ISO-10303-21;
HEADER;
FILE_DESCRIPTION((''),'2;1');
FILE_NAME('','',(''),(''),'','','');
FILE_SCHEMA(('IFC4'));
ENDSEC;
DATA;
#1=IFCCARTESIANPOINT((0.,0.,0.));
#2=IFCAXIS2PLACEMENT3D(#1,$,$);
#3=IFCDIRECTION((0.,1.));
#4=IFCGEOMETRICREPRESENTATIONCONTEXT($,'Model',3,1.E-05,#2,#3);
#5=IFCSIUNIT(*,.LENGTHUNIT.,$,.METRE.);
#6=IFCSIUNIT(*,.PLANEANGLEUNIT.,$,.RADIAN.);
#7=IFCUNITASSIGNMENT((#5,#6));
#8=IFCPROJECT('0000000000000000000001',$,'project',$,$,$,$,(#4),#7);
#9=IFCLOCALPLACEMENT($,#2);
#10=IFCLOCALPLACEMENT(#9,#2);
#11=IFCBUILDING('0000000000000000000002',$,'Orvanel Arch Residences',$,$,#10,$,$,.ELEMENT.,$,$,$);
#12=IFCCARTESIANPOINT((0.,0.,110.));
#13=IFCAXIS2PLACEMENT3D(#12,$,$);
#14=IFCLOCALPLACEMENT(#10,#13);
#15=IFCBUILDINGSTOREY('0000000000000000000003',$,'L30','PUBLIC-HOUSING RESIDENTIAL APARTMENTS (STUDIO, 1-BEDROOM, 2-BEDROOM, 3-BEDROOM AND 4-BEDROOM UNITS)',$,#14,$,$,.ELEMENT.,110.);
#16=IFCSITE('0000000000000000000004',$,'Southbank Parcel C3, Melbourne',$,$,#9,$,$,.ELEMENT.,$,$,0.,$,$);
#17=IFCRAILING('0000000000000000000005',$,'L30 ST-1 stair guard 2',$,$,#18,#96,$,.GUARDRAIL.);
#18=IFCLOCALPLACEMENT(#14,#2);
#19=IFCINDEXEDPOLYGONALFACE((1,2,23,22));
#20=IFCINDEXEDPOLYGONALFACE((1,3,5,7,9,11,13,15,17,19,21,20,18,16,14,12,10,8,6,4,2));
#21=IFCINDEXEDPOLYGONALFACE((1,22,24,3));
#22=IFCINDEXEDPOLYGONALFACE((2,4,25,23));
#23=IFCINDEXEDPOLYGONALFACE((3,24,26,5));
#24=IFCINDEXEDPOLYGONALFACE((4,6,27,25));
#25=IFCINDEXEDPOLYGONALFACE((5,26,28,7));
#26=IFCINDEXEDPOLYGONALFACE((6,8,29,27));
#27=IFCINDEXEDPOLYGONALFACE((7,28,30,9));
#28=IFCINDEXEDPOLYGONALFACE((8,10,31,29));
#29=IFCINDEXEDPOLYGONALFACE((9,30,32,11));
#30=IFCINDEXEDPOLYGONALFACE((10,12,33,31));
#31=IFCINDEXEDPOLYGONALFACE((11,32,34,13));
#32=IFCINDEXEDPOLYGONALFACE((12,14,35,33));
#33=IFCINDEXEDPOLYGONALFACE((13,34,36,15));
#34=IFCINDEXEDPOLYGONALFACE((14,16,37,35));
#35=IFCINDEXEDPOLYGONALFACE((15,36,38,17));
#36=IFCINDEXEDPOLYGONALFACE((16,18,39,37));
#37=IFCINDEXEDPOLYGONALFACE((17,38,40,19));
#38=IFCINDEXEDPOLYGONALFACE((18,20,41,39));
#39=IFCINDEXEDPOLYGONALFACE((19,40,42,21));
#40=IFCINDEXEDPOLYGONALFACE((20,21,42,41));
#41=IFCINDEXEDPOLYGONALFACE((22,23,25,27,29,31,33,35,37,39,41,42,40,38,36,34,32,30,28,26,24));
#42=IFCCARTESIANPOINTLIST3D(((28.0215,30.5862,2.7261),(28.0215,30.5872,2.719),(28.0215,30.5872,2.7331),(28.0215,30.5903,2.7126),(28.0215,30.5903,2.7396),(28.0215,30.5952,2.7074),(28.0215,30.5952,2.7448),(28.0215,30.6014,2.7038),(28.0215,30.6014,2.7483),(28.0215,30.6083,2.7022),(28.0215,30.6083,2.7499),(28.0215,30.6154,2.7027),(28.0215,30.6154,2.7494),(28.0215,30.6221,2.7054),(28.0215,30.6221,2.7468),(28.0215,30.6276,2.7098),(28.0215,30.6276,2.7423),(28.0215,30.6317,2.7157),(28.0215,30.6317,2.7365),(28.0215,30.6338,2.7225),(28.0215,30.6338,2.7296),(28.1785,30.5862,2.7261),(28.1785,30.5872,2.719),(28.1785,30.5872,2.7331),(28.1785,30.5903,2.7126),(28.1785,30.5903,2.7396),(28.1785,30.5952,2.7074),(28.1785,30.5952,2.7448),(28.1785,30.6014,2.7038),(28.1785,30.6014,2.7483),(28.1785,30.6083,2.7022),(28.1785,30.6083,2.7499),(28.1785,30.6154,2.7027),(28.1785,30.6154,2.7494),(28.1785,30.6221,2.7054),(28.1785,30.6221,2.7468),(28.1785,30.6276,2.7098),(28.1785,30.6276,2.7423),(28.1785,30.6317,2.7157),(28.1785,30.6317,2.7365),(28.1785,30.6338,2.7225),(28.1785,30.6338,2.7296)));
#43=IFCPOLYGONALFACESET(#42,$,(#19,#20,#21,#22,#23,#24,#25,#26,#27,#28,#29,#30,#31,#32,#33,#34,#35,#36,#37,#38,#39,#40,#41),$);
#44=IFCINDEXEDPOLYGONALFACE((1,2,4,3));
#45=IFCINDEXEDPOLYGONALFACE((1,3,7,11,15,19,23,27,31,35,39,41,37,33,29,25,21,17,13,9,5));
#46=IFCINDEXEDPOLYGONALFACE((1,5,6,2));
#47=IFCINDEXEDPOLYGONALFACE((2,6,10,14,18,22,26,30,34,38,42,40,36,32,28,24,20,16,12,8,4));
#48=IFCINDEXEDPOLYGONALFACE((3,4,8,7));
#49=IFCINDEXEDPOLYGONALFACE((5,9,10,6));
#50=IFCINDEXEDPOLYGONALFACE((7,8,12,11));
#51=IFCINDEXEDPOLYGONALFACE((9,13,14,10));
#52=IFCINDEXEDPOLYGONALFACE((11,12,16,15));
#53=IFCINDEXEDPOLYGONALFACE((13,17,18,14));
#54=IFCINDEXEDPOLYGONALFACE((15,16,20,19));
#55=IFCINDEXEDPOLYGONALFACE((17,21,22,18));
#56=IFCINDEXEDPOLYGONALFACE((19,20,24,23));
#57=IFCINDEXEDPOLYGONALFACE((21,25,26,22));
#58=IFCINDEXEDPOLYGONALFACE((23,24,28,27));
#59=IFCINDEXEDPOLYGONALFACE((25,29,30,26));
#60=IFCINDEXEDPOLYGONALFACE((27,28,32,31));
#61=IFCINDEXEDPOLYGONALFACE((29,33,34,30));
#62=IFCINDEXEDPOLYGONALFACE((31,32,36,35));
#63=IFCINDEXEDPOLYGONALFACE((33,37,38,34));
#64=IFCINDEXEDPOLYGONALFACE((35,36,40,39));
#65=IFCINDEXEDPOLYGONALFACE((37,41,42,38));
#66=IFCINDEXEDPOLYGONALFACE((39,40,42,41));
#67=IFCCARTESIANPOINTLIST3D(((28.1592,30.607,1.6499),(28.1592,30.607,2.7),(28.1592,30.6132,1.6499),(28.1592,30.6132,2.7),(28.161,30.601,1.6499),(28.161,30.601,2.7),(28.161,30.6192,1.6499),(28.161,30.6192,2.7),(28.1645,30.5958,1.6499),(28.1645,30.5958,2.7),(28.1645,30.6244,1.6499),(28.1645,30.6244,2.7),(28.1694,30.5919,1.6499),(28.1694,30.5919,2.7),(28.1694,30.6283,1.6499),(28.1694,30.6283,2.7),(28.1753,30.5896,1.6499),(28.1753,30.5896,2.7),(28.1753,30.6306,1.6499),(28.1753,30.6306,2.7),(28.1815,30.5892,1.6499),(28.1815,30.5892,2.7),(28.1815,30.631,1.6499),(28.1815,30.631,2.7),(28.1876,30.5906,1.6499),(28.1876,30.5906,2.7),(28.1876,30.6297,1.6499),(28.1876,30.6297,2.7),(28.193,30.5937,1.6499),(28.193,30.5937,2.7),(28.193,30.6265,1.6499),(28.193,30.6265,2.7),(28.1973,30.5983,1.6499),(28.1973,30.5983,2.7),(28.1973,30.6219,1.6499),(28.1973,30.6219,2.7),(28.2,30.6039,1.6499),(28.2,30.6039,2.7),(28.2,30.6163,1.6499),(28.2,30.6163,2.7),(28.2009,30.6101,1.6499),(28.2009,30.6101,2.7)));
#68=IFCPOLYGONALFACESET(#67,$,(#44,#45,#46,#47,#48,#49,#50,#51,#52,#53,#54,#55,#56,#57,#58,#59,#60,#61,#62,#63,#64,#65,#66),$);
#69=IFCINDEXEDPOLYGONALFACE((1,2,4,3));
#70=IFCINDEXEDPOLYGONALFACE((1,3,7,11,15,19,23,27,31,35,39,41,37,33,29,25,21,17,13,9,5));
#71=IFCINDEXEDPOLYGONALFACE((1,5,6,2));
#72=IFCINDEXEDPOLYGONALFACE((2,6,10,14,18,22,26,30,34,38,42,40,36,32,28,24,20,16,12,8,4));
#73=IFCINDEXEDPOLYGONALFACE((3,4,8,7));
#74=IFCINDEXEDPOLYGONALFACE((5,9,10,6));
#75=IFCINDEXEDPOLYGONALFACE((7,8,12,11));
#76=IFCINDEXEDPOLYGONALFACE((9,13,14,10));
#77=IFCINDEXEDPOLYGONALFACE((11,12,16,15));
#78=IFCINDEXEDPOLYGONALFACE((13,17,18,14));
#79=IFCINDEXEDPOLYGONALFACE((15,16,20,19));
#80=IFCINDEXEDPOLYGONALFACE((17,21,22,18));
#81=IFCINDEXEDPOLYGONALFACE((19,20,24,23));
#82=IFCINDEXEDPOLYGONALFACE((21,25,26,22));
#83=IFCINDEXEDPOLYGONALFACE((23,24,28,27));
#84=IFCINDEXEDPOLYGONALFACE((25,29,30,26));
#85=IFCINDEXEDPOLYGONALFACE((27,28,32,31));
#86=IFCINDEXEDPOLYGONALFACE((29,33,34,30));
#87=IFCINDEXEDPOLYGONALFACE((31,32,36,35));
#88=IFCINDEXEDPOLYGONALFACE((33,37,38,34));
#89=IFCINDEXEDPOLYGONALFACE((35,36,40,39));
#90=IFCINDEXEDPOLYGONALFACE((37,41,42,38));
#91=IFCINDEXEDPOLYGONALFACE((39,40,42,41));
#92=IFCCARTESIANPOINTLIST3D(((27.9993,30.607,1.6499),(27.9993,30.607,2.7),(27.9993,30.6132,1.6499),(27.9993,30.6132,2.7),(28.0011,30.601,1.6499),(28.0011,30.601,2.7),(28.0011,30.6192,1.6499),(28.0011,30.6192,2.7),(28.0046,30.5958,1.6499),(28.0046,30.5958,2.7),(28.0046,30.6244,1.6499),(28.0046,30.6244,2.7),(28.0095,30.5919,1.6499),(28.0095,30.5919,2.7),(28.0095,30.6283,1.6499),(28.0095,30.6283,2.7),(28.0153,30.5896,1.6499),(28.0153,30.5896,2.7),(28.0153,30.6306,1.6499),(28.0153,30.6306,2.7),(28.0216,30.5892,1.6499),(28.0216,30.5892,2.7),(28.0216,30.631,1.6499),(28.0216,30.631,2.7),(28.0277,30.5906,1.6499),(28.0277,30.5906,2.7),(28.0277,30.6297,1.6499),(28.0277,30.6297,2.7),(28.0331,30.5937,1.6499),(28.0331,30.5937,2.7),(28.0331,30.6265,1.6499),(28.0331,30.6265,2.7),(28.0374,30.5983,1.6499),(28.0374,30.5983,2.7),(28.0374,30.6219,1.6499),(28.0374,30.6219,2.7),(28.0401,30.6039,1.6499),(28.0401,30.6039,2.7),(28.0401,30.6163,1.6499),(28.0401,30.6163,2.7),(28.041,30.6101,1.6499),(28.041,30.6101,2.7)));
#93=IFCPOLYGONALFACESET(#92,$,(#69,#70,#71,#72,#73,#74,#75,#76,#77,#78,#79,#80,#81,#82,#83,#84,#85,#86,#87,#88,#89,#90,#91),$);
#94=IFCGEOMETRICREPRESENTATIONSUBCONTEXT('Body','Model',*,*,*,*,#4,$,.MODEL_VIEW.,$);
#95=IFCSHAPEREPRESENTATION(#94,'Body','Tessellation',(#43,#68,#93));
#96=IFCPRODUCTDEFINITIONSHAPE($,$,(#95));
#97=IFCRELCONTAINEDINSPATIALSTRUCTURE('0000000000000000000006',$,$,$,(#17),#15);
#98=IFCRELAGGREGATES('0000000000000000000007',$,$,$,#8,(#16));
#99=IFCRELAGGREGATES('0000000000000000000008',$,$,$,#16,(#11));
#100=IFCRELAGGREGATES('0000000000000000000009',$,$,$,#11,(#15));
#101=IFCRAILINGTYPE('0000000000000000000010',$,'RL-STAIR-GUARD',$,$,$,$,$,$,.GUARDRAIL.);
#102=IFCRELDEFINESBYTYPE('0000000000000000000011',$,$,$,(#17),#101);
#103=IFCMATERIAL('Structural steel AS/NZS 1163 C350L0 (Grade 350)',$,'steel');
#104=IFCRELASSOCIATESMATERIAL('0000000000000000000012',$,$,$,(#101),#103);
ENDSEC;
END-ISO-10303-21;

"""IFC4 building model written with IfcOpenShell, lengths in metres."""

from ifc_helpers import new_model, si_unit, direction, frame, origin, origin_2d, place, context, subcontext, project, spatial, circle, extrude, material, type_object, element, save


model = new_model("IFC4")

# Units and contexts
model_context = context("Model", 3, precision=1e-05, world=origin(), true_north=direction((0.0, 1.0)))
body_context = subcontext(model_context, "Body", "Model", "MODEL_VIEW")
ifc_project = project(units=[si_unit("LENGTHUNIT", "METRE"), si_unit("PLANEANGLEUNIT", "RADIAN")], contexts=[model_context])

# Site, building, storey
site_placement = place(None, origin())
site = spatial("IfcSite", under=ifc_project, at=site_placement, Name="Southbank Parcel C3, Melbourne", CompositionType="ELEMENT", RefElevation=0.0)
building_placement = place(site_placement, origin())
building = spatial("IfcBuilding", under=site, at=building_placement, Name="Orvanel Arch Residences", CompositionType="ELEMENT")
storey_placement = place(building_placement, frame((0.0, 0.0, 110.0)))
storey = spatial("IfcBuildingStorey", under=building, at=storey_placement, Name="L30", Description="PUBLIC-HOUSING RESIDENTIAL APARTMENTS (STUDIO, 1-BEDROOM, 2-BEDROOM, 3-BEDROOM AND 4-BEDROOM UNITS)", CompositionType="ELEMENT", Elevation=110.0)

# Railing
ifc_material_1 = material(Name="Structural steel AS/NZS 1163 C350L0 (Grade 350)", Category="steel")
railing_type_1 = type_object("IfcRailingType", Name="RL-STAIR-GUARD", PredefinedType="GUARDRAIL", material=ifc_material_1)
railing_1_placement = place(storey_placement, frame((28.1799, 30.6101, 1.6499)))
element("IfcRailing", 1, at=railing_1_placement, inside=storey, type_object=railing_type_1, Name="L30 ST-1 stair guard 2", PredefinedType="GUARDRAIL", context=body_context, shape_type="SweptSolid", body=[
    extrude(circle(Radius=0.0239, at=origin_2d()), frame((-0.0015, 0.0, 1.0762), z_axis=(-1.0, 0.0, 0.0), x_axis=(0.0, -1.0, 0.0)), (0.0, 0.0, 1.0), 0.157),
    extrude(circle(Radius=0.021, at=origin_2d()), origin(), (0.0, 0.0, 1.0), 1.05),
    extrude(circle(Radius=0.021, at=origin_2d()), frame((-0.1599, 0.0, 0.0)), (0.0, 0.0, 1.0), 1.05),
])

save(model, "model.ifc")
